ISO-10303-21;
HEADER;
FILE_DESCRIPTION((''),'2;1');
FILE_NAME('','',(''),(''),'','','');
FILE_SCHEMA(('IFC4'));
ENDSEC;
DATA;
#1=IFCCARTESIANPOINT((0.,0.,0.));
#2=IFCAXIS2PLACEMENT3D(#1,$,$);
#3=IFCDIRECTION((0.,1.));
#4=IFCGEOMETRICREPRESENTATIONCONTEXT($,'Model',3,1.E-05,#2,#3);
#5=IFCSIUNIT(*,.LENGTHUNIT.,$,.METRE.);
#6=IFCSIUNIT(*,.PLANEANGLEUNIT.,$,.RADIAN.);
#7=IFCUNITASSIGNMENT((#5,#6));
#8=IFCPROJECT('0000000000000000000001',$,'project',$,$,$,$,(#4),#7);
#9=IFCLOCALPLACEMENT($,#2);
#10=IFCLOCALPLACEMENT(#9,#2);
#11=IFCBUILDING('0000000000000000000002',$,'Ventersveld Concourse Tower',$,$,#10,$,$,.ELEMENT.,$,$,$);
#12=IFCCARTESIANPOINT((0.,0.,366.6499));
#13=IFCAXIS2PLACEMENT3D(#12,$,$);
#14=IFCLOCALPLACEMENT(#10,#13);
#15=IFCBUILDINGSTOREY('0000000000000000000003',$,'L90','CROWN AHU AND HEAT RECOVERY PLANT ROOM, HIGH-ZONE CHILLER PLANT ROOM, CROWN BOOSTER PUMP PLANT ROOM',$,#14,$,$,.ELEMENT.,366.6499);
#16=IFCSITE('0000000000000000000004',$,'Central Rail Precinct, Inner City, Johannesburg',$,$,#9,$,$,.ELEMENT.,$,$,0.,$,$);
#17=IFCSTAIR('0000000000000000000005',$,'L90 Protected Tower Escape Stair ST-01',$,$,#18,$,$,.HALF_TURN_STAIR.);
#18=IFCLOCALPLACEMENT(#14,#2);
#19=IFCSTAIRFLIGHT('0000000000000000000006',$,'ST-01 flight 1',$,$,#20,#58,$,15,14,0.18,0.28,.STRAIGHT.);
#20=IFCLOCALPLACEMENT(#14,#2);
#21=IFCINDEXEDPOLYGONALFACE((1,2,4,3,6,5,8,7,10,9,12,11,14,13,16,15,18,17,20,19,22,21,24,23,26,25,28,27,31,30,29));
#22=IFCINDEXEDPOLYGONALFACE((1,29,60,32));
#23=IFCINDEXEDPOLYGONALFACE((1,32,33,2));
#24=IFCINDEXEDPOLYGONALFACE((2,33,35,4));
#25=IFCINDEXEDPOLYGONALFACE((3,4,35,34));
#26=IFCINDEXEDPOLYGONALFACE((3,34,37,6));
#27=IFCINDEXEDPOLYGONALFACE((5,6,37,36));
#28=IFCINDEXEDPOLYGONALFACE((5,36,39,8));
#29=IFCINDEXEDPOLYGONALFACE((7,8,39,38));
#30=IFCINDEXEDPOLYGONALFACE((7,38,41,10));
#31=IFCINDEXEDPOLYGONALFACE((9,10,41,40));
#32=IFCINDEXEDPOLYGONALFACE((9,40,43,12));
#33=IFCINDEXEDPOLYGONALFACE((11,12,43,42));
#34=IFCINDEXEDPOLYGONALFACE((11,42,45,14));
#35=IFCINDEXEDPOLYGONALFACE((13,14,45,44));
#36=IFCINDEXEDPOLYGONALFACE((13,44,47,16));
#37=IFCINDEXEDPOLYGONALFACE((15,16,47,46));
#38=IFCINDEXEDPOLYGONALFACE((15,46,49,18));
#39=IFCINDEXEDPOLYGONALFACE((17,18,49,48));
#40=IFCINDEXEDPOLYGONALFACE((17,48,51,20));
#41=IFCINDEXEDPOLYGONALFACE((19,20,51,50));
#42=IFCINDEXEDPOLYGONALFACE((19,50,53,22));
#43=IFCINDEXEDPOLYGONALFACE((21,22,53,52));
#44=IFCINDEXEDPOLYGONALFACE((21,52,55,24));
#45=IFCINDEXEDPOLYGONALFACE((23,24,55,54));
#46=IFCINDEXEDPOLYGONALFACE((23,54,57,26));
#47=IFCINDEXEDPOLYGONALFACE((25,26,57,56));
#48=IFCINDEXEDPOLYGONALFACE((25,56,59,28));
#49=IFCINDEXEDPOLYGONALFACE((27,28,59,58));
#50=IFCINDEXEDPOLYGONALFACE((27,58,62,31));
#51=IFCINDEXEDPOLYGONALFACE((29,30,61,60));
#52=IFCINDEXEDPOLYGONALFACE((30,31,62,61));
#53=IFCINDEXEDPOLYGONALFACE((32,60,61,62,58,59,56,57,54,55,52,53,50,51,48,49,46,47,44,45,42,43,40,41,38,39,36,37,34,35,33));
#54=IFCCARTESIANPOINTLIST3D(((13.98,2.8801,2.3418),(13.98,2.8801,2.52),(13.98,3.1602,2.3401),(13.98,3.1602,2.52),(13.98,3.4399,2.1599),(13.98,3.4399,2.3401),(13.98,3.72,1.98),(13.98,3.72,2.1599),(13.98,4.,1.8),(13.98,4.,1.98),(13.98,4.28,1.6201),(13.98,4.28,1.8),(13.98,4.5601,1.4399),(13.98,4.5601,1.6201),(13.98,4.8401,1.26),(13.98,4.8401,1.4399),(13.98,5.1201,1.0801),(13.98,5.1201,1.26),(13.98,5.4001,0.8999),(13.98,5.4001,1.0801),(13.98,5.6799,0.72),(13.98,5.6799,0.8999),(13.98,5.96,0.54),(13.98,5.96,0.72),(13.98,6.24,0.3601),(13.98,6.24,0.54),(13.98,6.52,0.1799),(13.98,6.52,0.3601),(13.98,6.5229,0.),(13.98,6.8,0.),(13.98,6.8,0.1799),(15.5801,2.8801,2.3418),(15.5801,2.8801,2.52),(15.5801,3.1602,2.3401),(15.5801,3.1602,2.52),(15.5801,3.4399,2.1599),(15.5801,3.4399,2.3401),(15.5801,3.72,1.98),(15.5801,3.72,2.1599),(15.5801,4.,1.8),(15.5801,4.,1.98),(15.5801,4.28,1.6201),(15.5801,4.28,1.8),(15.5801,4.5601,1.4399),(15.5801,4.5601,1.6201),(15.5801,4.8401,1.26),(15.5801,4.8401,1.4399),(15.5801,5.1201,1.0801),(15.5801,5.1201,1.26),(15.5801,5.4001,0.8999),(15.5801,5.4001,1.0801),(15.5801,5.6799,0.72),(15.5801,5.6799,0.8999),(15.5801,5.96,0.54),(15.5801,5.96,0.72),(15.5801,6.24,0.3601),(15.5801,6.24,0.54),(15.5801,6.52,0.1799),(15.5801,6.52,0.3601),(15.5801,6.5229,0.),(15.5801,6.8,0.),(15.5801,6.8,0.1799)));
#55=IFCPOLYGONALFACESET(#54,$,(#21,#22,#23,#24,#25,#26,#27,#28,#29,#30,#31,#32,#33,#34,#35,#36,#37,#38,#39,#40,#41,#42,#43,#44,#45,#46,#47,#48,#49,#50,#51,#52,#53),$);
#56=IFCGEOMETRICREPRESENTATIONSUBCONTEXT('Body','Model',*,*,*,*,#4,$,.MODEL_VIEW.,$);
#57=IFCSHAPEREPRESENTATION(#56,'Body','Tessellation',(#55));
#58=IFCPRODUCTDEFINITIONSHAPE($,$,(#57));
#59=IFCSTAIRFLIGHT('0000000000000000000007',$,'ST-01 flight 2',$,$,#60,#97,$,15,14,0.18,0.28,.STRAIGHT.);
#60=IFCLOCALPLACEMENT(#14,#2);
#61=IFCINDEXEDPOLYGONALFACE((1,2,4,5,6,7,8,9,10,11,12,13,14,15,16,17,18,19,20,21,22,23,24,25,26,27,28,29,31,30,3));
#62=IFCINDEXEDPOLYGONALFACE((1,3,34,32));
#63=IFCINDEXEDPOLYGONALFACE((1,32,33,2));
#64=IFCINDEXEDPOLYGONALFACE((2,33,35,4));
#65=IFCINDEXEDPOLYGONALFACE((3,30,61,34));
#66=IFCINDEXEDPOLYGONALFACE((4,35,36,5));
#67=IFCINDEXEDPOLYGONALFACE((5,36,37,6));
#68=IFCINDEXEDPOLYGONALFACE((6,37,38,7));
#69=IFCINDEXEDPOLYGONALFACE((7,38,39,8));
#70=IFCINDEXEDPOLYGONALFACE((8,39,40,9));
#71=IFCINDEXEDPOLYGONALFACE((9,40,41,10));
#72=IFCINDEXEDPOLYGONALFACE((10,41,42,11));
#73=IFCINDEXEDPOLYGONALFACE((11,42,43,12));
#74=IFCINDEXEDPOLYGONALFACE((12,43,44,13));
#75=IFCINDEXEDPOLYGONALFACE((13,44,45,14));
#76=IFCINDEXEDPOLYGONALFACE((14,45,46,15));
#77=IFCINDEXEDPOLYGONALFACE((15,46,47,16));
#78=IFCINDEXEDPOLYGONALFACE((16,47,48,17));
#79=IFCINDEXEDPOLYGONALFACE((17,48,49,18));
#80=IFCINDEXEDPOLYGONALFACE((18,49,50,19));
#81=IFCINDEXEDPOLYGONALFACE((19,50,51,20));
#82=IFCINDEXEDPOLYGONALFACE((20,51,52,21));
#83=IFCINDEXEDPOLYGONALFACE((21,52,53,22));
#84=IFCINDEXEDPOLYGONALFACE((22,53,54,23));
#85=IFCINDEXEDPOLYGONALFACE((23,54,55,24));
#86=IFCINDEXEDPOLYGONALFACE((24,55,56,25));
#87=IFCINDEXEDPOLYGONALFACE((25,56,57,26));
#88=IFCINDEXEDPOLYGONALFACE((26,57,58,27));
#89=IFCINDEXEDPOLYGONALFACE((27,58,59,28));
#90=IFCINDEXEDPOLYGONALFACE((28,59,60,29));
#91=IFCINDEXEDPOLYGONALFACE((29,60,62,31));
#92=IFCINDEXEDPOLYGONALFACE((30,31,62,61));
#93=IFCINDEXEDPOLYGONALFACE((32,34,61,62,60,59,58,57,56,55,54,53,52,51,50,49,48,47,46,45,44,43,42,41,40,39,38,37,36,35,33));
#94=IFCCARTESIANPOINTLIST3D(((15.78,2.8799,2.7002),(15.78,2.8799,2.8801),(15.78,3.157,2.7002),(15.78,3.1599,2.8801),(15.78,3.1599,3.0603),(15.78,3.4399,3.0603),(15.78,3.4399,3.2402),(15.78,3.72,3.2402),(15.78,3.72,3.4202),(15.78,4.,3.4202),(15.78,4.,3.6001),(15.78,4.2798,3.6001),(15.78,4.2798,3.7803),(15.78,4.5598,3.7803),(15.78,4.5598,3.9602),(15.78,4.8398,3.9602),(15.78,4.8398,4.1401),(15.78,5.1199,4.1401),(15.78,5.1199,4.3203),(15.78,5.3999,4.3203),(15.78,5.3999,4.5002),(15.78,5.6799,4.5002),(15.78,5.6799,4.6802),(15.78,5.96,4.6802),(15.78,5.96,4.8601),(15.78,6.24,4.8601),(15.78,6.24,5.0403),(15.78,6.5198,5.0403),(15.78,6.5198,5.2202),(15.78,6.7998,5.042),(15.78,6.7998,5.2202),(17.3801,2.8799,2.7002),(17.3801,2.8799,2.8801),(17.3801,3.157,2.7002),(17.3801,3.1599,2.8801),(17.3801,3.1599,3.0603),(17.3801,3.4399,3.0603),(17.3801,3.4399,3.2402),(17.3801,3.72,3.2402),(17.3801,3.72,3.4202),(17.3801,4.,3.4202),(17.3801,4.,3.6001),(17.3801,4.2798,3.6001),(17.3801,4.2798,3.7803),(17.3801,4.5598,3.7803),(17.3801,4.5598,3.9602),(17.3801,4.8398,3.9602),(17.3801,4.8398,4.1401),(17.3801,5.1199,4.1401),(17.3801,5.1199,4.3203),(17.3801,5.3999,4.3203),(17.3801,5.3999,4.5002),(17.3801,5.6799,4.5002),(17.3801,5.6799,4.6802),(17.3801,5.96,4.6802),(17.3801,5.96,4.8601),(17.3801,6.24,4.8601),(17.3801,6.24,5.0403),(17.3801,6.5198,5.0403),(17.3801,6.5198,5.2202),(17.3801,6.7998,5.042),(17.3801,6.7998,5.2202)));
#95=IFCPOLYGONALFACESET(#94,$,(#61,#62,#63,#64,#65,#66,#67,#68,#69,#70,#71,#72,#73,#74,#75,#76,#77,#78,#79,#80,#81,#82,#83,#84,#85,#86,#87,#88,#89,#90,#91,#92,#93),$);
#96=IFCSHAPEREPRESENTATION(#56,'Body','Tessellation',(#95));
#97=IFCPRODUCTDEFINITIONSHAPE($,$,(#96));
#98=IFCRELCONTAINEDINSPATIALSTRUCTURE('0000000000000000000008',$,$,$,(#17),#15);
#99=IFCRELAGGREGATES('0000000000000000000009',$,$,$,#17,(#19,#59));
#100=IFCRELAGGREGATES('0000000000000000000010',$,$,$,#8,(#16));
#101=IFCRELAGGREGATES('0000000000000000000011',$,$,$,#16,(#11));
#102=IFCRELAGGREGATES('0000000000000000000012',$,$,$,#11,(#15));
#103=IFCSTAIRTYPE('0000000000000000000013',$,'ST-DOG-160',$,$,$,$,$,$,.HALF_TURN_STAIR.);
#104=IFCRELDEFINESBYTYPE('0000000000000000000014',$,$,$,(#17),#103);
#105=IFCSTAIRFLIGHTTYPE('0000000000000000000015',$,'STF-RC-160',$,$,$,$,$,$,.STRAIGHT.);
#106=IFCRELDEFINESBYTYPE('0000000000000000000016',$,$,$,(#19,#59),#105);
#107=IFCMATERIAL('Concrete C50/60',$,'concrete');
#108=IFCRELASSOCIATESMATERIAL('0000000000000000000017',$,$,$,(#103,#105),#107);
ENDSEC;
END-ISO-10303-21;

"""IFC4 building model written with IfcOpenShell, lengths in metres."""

from ifc_helpers import new_model, si_unit, direction, frame, origin, place, context, subcontext, project, spatial, polyline, outline, extrude, material, type_object, element, aggregate, save


model = new_model("IFC4")

# Units and contexts
model_context = context("Model", 3, precision=1e-05, world=origin(), true_north=direction((0.0, 1.0)))
body_context = subcontext(model_context, "Body", "Model", "MODEL_VIEW")
ifc_project = project(units=[si_unit("LENGTHUNIT", "METRE"), si_unit("PLANEANGLEUNIT", "RADIAN")], contexts=[model_context])

# Site, building, storey
site_placement = place(None, origin())
site = spatial("IfcSite", under=ifc_project, at=site_placement, Name="Central Rail Precinct, Inner City, Johannesburg", CompositionType="ELEMENT", RefElevation=0.0)
building_placement = place(site_placement, origin())
building = spatial("IfcBuilding", under=site, at=building_placement, Name="Ventersveld Concourse Tower", CompositionType="ELEMENT")
storey_placement = place(building_placement, frame((0.0, 0.0, 366.6499)))
storey = spatial("IfcBuildingStorey", under=building, at=storey_placement, Name="L90", Description="CROWN AHU AND HEAT RECOVERY PLANT ROOM, HIGH-ZONE CHILLER PLANT ROOM, CROWN BOOSTER PUMP PLANT ROOM", CompositionType="ELEMENT", Elevation=366.6499)

# Shared definitions
ifc_material_1 = material(Name="Concrete C50/60", Category="concrete")

# Stair, stair flights
stair_type = type_object("IfcStairType", Name="ST-DOG-160", PredefinedType="HALF_TURN_STAIR", material=ifc_material_1)
stair_placement = place(storey_placement, origin())
stair = element("IfcStair", 1, at=stair_placement, inside=storey, type_object=stair_type, Name="L90 Protected Tower Escape Stair ST-01", PredefinedType="HALF_TURN_STAIR")
stair_flight_type = type_object("IfcStairFlightType", Name="STF-RC-160", PredefinedType="STRAIGHT", material=ifc_material_1)
stair_flight_1_placement = place(storey_placement, frame((14.78, 6.8, 0.0), z_axis=(0.0, 0.0, 1.0), x_axis=(0.0, -1.0, 0.0)))
stair_flight_1 = element("IfcStairFlight", 2, at=stair_flight_1_placement, type_object=stair_flight_type, Name="ST-01 flight 1", NumberOfRisers=15, NumberOfTreads=14, PredefinedType="STRAIGHT", RiserHeight=0.18, TreadLength=0.28, context=body_context, shape_type="SweptSolid", body=[
    extrude(outline(polyline([(0.0, 0.0), (0.0, 0.1799), (0.28, 0.1799), (0.28, 0.3601), (0.5601, 0.3601), (0.5601, 0.54), (0.8401, 0.54), (0.8401, 0.72), (1.1201, 0.72), (1.1201, 0.8999), (1.3999, 0.8999), (1.3999, 1.0801), (1.6799, 1.0801), (1.6799, 1.26), (1.96, 1.26), (1.96, 1.4399), (2.24, 1.4399), (2.24, 1.6201), (2.52, 1.6201), (2.52, 1.8), (2.8, 1.8), (2.8, 1.98), (3.0801, 1.98), (3.0801, 2.1599), (3.3601, 2.1599), (3.3601, 2.3401), (3.6399, 2.3401), (3.6399, 2.52), (3.9199, 2.52), (3.9199, 2.7), (3.9199, 2.3418), (0.2771, 0.0), (0.0, 0.0)])), frame((0.0, 0.8, 0.0), z_axis=(0.0, -1.0, 0.0), x_axis=(1.0, 0.0, 0.0)), (0.0, 0.0, 1.0), 1.6001),
])
stair_flight_2_placement = place(storey_placement, frame((16.5801, 2.8799, 2.7002), z_axis=(0.0, 0.0, 1.0), x_axis=(0.0, 1.0, 0.0)))
stair_flight_2 = element("IfcStairFlight", 3, at=stair_flight_2_placement, type_object=stair_flight_type, Name="ST-01 flight 2", NumberOfRisers=15, NumberOfTreads=14, PredefinedType="STRAIGHT", RiserHeight=0.18, TreadLength=0.28, context=body_context, shape_type="SweptSolid", body=[
    extrude(outline(polyline([(0.0, 0.0), (0.0, 0.1799), (0.28, 0.1799), (0.28, 0.3601), (0.5601, 0.3601), (0.5601, 0.54), (0.8401, 0.54), (0.8401, 0.72), (1.1201, 0.72), (1.1201, 0.8999), (1.3999, 0.8999), (1.3999, 1.0801), (1.6799, 1.0801), (1.6799, 1.26), (1.96, 1.26), (1.96, 1.4399), (2.24, 1.4399), (2.24, 1.6201), (2.52, 1.6201), (2.52, 1.8), (2.8, 1.8), (2.8, 1.98), (3.0801, 1.98), (3.0801, 2.1599), (3.3601, 2.1599), (3.3601, 2.3401), (3.6399, 2.3401), (3.6399, 2.52), (3.9199, 2.52), (3.9199, 2.7), (3.9199, 2.3418), (0.2771, 0.0), (0.0, 0.0)])), frame((0.0, 0.8, 0.0), z_axis=(0.0, -1.0, 0.0), x_axis=(1.0, 0.0, 0.0)), (0.0, 0.0, 1.0), 1.6001),
])
aggregate(stair, [stair_flight_1, stair_flight_2])

save(model, "model.ifc")
